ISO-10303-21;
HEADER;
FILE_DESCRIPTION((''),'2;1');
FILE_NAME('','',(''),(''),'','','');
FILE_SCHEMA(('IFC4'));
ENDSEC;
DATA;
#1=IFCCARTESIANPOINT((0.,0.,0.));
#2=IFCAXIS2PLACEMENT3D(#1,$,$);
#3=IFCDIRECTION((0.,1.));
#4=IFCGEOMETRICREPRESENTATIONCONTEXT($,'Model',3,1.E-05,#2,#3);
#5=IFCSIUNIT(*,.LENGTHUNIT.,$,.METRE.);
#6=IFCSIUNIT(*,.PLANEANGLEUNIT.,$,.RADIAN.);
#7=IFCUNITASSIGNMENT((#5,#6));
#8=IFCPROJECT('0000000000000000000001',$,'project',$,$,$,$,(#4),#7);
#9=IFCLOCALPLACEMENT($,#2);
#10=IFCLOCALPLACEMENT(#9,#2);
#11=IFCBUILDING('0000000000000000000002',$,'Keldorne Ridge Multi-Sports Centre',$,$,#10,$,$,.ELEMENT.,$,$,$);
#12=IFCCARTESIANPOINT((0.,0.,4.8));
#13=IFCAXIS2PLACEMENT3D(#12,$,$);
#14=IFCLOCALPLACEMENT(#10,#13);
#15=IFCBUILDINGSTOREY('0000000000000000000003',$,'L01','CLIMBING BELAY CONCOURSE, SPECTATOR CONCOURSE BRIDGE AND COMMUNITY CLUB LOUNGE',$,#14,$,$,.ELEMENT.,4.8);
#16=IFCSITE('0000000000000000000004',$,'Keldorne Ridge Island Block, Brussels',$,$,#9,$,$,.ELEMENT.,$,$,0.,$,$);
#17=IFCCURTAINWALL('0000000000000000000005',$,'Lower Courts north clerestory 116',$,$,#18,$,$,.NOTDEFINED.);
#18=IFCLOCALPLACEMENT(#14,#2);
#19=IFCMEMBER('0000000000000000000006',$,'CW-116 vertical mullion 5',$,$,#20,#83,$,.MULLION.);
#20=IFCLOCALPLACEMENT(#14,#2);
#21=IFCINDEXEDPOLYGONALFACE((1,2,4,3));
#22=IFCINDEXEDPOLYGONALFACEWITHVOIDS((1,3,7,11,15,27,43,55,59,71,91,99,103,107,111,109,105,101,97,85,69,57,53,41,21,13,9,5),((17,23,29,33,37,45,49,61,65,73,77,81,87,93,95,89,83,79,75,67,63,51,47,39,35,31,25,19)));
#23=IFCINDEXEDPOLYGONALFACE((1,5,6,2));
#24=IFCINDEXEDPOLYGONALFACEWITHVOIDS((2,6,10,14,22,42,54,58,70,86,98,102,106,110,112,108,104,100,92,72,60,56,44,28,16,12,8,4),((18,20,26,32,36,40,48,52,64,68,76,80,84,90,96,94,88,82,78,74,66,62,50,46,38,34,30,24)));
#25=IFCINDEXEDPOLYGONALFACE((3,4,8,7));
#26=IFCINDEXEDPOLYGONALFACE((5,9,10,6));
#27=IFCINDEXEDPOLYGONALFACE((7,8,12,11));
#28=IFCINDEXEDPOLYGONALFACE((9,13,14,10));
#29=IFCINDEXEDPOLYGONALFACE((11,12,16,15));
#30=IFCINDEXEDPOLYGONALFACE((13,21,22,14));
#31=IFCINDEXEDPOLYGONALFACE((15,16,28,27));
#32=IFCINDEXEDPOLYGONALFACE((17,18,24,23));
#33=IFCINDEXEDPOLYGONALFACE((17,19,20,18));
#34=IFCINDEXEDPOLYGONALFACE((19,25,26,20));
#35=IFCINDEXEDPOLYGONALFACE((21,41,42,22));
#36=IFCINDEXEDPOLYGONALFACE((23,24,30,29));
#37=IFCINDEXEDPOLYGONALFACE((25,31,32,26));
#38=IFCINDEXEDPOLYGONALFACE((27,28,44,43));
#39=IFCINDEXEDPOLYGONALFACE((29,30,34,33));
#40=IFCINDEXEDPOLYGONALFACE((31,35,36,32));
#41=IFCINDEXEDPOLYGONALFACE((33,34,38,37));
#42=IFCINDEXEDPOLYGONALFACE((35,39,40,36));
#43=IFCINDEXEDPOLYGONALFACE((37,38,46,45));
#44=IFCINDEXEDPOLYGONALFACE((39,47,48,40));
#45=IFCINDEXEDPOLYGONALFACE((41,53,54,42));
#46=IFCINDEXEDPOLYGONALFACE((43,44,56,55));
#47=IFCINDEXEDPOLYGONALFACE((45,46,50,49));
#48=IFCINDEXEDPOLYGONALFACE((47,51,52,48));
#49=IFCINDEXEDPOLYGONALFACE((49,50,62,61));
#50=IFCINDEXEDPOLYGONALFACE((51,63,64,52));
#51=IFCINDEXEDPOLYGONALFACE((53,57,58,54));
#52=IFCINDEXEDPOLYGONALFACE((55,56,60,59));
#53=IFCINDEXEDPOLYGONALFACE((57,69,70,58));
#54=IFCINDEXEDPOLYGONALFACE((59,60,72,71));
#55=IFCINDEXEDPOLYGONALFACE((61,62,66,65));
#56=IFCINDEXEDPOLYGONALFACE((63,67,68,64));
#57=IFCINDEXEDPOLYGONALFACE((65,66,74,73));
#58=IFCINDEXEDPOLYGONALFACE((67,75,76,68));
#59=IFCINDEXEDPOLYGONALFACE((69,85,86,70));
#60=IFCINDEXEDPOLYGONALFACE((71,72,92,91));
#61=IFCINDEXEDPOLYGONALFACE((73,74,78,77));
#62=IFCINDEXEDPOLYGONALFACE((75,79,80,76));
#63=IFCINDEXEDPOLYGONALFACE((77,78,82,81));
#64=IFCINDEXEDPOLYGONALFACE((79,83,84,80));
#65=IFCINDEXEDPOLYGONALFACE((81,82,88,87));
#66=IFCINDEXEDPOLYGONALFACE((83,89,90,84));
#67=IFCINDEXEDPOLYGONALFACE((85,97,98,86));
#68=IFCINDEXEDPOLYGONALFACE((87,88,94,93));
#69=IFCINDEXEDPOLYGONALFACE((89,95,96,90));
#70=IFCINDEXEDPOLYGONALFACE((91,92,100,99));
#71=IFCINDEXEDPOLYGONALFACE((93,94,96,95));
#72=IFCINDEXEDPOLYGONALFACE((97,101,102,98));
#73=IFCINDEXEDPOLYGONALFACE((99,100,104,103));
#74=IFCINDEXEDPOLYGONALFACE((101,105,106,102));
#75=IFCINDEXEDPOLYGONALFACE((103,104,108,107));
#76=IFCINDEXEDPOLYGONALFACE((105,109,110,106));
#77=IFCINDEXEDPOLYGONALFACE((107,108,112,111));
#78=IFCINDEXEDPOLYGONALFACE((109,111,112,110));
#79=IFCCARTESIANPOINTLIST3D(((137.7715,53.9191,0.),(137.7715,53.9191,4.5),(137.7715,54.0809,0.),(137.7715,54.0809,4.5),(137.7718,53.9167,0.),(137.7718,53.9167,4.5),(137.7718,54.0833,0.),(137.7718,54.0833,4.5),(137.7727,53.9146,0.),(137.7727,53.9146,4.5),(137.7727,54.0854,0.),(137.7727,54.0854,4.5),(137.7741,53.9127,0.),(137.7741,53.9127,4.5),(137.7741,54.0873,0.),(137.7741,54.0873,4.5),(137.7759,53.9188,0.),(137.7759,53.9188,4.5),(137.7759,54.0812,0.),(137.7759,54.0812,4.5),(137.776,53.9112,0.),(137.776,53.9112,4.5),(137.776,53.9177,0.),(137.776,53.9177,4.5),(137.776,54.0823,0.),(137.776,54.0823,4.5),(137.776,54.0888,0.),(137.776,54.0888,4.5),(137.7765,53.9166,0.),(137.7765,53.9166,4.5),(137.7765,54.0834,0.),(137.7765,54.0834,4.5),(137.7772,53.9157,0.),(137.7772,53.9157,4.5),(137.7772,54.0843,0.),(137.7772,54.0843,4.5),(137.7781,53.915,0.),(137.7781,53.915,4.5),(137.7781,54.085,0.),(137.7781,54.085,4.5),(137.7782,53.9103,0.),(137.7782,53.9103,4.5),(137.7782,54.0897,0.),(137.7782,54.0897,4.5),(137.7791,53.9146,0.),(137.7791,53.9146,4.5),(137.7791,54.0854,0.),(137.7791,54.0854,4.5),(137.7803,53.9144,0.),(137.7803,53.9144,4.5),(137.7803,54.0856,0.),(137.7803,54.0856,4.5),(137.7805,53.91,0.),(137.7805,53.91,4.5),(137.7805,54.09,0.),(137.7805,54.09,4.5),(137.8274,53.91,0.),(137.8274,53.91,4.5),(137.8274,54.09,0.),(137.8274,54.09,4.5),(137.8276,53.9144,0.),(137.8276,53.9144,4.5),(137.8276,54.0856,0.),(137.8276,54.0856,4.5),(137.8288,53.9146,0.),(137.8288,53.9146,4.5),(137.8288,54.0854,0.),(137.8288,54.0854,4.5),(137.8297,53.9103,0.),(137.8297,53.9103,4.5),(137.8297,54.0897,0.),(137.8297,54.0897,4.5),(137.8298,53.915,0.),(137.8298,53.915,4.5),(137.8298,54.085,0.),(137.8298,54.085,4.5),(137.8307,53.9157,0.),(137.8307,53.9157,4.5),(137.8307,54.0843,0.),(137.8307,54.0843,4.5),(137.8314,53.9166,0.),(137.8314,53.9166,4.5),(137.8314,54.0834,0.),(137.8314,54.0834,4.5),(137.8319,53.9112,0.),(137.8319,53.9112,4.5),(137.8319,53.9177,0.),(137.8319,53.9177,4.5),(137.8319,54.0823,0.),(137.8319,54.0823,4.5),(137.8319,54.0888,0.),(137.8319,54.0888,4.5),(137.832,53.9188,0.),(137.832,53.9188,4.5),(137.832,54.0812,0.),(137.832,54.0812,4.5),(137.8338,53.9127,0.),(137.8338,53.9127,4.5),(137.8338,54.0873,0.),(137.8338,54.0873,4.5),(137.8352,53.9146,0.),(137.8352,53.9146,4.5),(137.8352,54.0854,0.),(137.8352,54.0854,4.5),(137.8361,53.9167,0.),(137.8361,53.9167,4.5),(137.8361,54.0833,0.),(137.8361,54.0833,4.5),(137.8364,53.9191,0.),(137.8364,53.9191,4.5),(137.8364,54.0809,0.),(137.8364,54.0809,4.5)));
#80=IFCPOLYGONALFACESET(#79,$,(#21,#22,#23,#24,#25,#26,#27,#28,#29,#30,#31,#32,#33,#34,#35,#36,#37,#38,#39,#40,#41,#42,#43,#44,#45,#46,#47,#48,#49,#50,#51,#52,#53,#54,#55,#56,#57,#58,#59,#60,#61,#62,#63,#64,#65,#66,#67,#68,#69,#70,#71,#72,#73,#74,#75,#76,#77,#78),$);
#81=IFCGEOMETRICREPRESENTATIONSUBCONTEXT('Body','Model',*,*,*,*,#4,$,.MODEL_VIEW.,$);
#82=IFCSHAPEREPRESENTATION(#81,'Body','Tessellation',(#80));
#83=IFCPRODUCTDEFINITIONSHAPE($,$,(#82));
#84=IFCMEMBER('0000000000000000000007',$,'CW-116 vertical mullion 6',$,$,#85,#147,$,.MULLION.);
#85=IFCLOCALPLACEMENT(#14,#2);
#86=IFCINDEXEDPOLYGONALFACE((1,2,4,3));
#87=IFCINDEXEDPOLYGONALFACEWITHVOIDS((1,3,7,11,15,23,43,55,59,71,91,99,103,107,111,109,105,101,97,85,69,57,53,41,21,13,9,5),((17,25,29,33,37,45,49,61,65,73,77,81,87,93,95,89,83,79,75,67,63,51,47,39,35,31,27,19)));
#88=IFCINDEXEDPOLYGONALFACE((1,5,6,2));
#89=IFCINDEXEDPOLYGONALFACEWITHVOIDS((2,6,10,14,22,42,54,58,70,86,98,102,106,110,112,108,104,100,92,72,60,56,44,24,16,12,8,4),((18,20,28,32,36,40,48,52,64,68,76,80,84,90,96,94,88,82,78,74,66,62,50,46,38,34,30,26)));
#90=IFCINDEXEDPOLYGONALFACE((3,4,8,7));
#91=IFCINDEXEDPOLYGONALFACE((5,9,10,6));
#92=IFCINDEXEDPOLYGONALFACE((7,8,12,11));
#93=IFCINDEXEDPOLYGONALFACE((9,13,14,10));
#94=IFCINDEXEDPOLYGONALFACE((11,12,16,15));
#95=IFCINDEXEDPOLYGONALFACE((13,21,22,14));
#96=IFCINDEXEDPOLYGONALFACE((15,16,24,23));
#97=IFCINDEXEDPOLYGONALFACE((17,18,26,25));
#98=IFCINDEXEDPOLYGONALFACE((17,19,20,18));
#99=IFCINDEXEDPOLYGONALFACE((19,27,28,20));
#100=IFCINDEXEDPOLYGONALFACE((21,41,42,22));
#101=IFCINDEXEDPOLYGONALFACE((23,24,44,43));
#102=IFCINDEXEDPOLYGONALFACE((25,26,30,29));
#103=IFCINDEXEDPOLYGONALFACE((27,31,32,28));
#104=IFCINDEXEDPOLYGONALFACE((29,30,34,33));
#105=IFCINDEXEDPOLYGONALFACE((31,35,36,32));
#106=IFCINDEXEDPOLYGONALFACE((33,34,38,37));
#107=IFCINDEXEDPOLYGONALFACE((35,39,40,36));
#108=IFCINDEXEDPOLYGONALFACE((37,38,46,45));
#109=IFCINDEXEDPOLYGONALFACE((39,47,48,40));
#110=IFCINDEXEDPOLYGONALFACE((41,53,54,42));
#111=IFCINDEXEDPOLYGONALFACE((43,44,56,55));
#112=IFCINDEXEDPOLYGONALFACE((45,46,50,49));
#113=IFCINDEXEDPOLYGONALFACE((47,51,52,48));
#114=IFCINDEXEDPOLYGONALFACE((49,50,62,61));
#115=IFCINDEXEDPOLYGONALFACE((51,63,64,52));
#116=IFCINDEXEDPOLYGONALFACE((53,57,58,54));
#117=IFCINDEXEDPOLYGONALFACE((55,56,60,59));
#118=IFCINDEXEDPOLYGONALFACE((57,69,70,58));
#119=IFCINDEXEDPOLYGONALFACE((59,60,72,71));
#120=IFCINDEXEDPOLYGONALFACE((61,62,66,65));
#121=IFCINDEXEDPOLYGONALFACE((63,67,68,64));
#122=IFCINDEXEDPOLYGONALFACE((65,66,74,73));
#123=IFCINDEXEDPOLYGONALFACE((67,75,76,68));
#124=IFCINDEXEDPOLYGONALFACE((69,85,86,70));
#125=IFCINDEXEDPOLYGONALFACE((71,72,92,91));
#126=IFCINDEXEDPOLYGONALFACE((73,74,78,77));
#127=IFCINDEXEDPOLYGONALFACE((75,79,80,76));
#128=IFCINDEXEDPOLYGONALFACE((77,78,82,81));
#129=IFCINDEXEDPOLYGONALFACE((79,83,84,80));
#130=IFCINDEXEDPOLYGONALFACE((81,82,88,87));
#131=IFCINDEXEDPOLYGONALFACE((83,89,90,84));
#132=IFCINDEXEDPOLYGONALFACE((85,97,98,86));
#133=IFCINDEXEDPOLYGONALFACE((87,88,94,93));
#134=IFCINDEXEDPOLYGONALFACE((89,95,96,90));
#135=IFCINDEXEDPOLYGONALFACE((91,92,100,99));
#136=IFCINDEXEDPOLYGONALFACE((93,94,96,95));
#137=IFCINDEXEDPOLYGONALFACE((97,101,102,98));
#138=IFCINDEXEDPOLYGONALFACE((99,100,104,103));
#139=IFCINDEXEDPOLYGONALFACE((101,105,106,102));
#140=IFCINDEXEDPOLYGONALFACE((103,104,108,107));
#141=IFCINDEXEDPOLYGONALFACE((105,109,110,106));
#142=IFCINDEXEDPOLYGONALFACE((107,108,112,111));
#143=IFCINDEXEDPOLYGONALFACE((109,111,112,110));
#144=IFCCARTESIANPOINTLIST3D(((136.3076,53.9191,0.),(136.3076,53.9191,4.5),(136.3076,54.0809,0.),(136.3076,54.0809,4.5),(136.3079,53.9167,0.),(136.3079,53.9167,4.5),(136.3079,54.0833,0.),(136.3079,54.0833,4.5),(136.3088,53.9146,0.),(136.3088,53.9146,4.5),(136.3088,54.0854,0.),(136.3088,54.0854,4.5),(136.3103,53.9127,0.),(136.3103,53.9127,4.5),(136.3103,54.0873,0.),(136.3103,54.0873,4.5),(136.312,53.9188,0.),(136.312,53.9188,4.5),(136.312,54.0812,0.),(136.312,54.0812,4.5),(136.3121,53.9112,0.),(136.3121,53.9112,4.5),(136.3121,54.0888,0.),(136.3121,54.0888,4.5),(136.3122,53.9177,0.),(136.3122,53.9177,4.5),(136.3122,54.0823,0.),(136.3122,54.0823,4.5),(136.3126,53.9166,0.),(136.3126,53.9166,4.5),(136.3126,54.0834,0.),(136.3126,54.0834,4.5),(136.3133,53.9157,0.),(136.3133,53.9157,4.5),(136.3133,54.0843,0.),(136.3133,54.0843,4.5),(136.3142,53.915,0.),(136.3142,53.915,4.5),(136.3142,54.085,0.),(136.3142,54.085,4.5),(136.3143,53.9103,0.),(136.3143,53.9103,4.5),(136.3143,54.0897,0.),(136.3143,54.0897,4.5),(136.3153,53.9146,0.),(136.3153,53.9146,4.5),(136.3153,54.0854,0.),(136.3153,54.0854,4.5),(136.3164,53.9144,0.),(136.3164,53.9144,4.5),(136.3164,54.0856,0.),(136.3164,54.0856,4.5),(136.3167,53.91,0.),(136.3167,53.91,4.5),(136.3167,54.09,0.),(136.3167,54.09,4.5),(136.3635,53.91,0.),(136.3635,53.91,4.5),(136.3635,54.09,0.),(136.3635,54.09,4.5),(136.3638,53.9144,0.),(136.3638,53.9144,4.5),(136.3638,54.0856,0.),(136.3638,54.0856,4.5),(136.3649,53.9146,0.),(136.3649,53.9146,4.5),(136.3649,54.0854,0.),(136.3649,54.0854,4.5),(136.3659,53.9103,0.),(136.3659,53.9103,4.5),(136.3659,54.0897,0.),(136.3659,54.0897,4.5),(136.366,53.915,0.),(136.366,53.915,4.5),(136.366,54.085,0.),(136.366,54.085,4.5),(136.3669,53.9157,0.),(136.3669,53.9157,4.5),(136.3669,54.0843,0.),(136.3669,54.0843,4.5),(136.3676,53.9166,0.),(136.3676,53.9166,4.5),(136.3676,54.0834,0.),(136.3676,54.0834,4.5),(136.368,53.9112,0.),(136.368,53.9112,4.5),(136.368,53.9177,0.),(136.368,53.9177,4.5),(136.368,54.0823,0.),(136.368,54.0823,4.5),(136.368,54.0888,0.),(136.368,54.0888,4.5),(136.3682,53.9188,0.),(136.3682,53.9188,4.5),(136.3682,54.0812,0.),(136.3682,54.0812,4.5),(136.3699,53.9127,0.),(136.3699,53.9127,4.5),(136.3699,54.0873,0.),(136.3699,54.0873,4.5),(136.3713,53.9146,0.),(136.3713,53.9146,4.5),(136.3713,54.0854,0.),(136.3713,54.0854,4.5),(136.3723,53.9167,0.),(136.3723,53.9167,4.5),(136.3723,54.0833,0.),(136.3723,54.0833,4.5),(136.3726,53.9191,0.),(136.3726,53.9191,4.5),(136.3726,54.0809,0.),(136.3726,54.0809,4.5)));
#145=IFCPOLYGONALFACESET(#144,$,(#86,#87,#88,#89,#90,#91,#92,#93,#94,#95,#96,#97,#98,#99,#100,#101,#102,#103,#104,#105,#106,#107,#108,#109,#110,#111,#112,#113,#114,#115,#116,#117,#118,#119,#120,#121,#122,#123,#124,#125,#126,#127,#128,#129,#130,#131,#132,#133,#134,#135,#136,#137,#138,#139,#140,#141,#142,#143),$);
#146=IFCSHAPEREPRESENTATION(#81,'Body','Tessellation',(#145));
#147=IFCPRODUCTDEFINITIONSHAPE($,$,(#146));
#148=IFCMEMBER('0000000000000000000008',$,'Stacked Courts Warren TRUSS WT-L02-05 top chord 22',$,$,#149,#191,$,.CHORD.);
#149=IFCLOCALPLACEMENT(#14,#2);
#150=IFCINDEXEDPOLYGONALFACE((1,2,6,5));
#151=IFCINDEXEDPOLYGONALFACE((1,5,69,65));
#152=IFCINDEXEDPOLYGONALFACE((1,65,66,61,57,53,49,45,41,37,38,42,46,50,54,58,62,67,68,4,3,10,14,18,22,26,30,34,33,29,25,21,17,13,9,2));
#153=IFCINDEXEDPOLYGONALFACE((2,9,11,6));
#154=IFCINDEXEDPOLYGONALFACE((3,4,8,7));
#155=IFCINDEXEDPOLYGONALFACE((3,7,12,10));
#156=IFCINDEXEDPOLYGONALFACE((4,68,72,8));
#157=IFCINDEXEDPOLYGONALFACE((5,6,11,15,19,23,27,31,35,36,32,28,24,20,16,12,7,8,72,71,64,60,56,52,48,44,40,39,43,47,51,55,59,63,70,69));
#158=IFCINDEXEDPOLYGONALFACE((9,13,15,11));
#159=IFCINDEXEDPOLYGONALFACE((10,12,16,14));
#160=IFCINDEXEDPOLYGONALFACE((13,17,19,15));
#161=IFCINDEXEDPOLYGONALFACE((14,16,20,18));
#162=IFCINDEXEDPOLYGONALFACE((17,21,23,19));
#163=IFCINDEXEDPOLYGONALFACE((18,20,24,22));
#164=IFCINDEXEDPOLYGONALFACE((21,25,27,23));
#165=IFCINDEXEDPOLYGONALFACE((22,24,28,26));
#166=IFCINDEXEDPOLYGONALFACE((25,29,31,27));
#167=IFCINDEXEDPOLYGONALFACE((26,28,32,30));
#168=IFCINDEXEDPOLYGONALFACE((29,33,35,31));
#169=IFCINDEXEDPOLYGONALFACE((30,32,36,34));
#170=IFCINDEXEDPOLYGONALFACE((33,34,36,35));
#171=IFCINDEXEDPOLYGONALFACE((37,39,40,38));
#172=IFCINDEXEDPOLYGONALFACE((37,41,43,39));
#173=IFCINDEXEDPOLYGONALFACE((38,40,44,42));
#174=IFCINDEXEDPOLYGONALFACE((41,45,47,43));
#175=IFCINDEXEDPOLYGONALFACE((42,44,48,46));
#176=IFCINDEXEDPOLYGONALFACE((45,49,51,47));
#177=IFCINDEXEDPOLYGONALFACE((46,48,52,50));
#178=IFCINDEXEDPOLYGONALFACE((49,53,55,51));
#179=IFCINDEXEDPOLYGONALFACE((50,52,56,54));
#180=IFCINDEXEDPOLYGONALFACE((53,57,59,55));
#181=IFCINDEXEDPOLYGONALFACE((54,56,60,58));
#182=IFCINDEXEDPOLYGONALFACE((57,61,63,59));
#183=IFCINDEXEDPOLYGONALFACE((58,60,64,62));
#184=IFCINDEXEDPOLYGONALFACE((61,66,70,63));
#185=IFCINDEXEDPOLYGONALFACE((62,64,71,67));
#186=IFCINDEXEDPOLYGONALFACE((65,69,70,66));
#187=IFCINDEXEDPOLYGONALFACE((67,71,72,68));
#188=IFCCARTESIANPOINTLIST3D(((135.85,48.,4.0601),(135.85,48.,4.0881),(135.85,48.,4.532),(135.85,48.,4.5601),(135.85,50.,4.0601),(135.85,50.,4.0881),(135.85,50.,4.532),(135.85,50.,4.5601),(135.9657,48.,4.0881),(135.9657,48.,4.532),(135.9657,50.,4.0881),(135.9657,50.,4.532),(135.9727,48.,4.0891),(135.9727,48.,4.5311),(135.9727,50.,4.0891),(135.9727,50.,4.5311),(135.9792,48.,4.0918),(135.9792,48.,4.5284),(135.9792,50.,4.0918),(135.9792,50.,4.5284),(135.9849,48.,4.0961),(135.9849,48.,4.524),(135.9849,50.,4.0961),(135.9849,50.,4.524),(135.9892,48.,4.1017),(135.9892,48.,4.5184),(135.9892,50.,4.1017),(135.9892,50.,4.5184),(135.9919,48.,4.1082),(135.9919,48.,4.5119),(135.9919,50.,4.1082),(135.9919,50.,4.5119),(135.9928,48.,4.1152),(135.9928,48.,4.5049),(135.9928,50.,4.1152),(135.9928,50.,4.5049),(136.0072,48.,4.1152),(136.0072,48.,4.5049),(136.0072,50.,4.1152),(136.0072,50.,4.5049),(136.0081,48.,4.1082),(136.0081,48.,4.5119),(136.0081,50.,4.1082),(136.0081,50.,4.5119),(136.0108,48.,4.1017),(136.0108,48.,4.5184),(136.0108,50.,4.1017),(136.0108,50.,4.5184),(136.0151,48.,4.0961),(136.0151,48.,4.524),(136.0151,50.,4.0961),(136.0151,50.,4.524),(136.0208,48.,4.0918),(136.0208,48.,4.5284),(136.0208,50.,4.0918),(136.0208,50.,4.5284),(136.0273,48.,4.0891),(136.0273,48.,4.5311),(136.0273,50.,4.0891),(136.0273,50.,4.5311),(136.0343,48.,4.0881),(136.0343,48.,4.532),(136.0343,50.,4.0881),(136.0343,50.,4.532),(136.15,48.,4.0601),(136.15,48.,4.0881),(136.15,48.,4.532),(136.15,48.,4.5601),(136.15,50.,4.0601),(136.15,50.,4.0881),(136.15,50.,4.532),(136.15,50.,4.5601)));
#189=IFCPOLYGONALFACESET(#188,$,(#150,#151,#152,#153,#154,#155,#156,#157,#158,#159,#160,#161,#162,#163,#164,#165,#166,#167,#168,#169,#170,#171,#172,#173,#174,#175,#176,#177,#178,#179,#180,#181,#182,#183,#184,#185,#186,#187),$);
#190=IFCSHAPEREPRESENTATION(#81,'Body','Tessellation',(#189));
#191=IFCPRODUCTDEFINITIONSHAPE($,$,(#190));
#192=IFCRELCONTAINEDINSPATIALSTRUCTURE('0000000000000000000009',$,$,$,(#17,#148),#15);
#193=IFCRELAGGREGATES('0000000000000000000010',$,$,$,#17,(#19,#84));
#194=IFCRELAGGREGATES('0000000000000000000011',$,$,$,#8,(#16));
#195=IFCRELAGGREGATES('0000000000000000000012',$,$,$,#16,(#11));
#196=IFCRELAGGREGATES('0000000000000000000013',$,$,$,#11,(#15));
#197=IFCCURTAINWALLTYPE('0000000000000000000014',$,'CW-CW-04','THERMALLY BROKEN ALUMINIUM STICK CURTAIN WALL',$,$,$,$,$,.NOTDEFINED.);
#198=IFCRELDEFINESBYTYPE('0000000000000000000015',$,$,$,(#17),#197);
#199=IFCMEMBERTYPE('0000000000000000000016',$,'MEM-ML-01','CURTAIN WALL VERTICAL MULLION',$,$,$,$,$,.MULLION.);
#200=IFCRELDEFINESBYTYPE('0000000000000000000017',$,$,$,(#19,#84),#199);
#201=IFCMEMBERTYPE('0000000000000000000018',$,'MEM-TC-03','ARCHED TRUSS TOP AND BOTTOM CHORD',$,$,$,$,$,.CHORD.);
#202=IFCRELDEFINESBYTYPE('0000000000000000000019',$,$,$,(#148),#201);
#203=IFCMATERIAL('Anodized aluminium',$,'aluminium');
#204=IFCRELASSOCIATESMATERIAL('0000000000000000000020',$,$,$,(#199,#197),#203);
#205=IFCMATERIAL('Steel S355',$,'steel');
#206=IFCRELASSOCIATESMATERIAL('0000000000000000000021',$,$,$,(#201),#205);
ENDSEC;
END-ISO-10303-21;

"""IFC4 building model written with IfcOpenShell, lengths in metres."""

from ifc_helpers import new_model, si_unit, direction, frame, origin, origin_2d, place, context, subcontext, project, spatial, hollow_rectangle, i_section, extrude, material, material_profile, profile_set, type_object, element, aggregate, save


model = new_model("IFC4")

# Units and contexts
model_context = context("Model", 3, precision=1e-05, world=origin(), true_north=direction((0.0, 1.0)))
body_context = subcontext(model_context, "Body", "Model", "MODEL_VIEW")
ifc_project = project(units=[si_unit("LENGTHUNIT", "METRE"), si_unit("PLANEANGLEUNIT", "RADIAN")], contexts=[model_context])

# Site, building, storey
site_placement = place(None, origin())
site = spatial("IfcSite", under=ifc_project, at=site_placement, Name="Keldorne Ridge Island Block, Brussels", CompositionType="ELEMENT", RefElevation=0.0)
building_placement = place(site_placement, origin())
building = spatial("IfcBuilding", under=site, at=building_placement, Name="Keldorne Ridge Multi-Sports Centre", CompositionType="ELEMENT")
storey_placement = place(building_placement, frame((0.0, 0.0, 4.8)))
storey = spatial("IfcBuildingStorey", under=building, at=storey_placement, Name="L01", Description="CLIMBING BELAY CONCOURSE, SPECTATOR CONCOURSE BRIDGE AND COMMUNITY CLUB LOUNGE", CompositionType="ELEMENT", Elevation=4.8)

# Shared definitions
ifc_material_1 = material(Name="Steel S355", Category="steel")

# Shared definitions
ifc_material_2 = material(Name="Anodized aluminium", Category="aluminium")
ifc_material_profile_1 = material_profile(ifc_material_2, hollow_rectangle(XDim=0.0649, YDim=0.1799, WallThickness=0.0044, InnerFilletRadius=0.0044, OuterFilletRadius=0.009, at=origin_2d()), Name="ALU MULLION 180x65x4.5")
ifc_profile_set_1 = profile_set([ifc_material_profile_1], Name="Anodized aluminium")
member_type_1 = type_object("IfcMemberType", Name="MEM-ML-01", Description="CURTAIN WALL VERTICAL MULLION", PredefinedType="MULLION", material=ifc_profile_set_1)

# Curtain wall, members
curtain_wall_type_1 = type_object("IfcCurtainWallType", Name="CW-CW-04", Description="THERMALLY BROKEN ALUMINIUM STICK CURTAIN WALL", PredefinedType="NOTDEFINED", material=ifc_material_2)
curtain_wall_1_placement = place(storey_placement, origin())
curtain_wall_1 = element("IfcCurtainWall", 1, at=curtain_wall_1_placement, inside=storey, type_object=curtain_wall_type_1, Name="Lower Courts north clerestory 116", PredefinedType="NOTDEFINED")
member_1_placement = place(storey_placement, frame((137.804, 54.0, 0.0), z_axis=(0.0, 0.0, 1.0), x_axis=(1.0, 0.0, 0.0)))
member_1 = element("IfcMember", 2, at=member_1_placement, type_object=member_type_1, Name="CW-116 vertical mullion 5", PredefinedType="MULLION", context=body_context, shape_type="SweptSolid", body=[
    extrude(hollow_rectangle(XDim=0.0649, YDim=0.1799, WallThickness=0.0044, InnerFilletRadius=0.0044, OuterFilletRadius=0.009, at=origin_2d()), origin(), (0.0, 0.0, 1.0), 4.5),
])
member_2_placement = place(storey_placement, frame((136.3401, 54.0, 0.0), z_axis=(0.0, 0.0, 1.0), x_axis=(1.0, 0.0, 0.0)))
member_2 = element("IfcMember", 3, at=member_2_placement, type_object=member_type_1, Name="CW-116 vertical mullion 6", PredefinedType="MULLION", context=body_context, shape_type="SweptSolid", body=[
    extrude(hollow_rectangle(XDim=0.0649, YDim=0.1799, WallThickness=0.0044, InnerFilletRadius=0.0044, OuterFilletRadius=0.009, at=origin_2d()), origin(), (0.0, 0.0, 1.0), 4.5),
])

# Member
ifc_material_profile_2 = material_profile(ifc_material_1, i_section(OverallWidth=0.3, OverallDepth=0.5, WebThickness=0.0144, FlangeThickness=0.0281, FilletRadius=0.0271, at=origin_2d()), Name="HEB 500")
ifc_profile_set_2 = profile_set([ifc_material_profile_2], Name="Steel S355")
member_type_2 = type_object("IfcMemberType", Name="MEM-TC-03", Description="ARCHED TRUSS TOP AND BOTTOM CHORD", PredefinedType="CHORD", material=ifc_profile_set_2)
for number, where, z_axis, x_axis, name in (
    (4, (136.0, 48.0, 4.3101), (0.0, 1.0, 0.0), (-1.0, 0.0, 0.0), "Stacked Courts Warren TRUSS WT-L02-05 top chord 22"),
):
    element("IfcMember", number, at=place(storey_placement, frame(where, z_axis=z_axis, x_axis=x_axis)), inside=storey, type_object=member_type_2, Name=name, PredefinedType="CHORD", context=body_context, shape_type="SweptSolid", body=[
        extrude(i_section(OverallWidth=0.3, OverallDepth=0.5, WebThickness=0.0144, FlangeThickness=0.0281, FilletRadius=0.0271, at=origin_2d()), origin(), (0.0, 0.0, 1.0), 2.0),
    ])

aggregate(curtain_wall_1, [member_1, member_2])

save(model, "model.ifc")
